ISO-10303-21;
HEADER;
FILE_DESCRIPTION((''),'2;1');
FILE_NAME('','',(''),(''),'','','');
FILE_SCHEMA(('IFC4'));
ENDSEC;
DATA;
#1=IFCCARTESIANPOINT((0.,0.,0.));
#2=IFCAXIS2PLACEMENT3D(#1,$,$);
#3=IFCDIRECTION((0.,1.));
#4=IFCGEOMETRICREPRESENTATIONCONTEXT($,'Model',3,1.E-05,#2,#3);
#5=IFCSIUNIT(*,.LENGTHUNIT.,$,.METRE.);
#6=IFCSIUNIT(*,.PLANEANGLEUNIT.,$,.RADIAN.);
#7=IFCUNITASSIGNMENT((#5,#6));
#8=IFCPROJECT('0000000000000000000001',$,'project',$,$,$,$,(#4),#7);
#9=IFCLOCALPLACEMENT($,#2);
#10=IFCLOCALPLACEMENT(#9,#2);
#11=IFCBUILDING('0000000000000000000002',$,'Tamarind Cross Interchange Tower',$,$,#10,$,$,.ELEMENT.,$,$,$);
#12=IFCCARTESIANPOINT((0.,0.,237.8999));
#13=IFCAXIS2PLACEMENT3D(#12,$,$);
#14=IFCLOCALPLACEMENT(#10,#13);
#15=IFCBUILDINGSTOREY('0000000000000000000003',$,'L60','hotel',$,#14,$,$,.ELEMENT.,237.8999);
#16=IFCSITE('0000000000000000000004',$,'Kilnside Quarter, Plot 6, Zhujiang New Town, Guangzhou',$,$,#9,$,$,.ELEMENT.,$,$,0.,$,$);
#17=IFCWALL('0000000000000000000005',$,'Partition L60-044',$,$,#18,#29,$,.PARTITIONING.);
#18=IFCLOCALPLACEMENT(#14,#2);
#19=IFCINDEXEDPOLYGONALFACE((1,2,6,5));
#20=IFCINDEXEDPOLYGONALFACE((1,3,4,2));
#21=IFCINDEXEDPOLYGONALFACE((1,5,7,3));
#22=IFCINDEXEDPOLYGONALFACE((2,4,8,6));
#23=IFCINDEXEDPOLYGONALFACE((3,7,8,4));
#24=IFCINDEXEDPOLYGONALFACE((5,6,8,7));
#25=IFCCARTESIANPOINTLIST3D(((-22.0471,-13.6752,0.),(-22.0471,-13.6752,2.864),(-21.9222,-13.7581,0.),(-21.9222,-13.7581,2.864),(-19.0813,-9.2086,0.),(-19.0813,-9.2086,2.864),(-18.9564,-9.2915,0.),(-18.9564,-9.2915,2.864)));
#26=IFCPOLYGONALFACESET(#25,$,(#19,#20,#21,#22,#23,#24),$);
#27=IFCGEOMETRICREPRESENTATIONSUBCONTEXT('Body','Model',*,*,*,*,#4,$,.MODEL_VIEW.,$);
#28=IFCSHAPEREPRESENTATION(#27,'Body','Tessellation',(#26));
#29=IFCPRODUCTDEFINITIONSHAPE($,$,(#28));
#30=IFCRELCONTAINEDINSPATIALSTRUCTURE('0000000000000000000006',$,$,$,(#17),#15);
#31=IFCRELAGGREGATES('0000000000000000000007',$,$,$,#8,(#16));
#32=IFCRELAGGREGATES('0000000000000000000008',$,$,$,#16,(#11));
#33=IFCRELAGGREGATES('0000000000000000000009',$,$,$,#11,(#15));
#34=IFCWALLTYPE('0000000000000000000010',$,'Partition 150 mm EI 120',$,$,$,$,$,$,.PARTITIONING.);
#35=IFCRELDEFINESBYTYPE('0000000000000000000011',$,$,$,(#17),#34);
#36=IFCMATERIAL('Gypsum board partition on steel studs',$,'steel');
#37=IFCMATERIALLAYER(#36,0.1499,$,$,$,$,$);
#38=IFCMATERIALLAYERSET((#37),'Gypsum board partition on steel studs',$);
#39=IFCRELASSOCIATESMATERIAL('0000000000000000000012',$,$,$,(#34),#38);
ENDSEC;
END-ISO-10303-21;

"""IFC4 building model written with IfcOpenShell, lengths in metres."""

from ifc_helpers import new_model, si_unit, direction, frame, frame_2d, origin, place, context, subcontext, project, spatial, rectangle, extrude, material, layer, layer_set, type_object, element, save


model = new_model("IFC4")

# Units and contexts
model_context = context("Model", 3, precision=1e-05, world=origin(), true_north=direction((0.0, 1.0)))
body_context = subcontext(model_context, "Body", "Model", "MODEL_VIEW")
ifc_project = project(units=[si_unit("LENGTHUNIT", "METRE"), si_unit("PLANEANGLEUNIT", "RADIAN")], contexts=[model_context])

# Site, building, storey
site_placement = place(None, origin())
site = spatial("IfcSite", under=ifc_project, at=site_placement, Name="Kilnside Quarter, Plot 6, Zhujiang New Town, Guangzhou", CompositionType="ELEMENT", RefElevation=0.0)
building_placement = place(site_placement, origin())
building = spatial("IfcBuilding", under=site, at=building_placement, Name="Tamarind Cross Interchange Tower", CompositionType="ELEMENT")
storey_placement = place(building_placement, frame((0.0, 0.0, 237.8999)))
storey = spatial("IfcBuildingStorey", under=building, at=storey_placement, Name="L60", Description="hotel", CompositionType="ELEMENT", Elevation=237.8999)

# Shared definitions
ifc_material_1 = material(Name="Gypsum board partition on steel studs", Category="steel")
ifc_layer_1 = layer(ifc_material_1, 0.1499)
ifc_layer_set_1 = layer_set([ifc_layer_1], Name="Gypsum board partition on steel studs")
wall_type_1 = type_object("IfcWallType", Name="Partition 150 mm EI 120", PredefinedType="PARTITIONING", material=ifc_layer_set_1)

# Wall
wall_1_placement = place(storey_placement, frame((-21.9846, -13.7166, 0.0), z_axis=(0.0, 0.0, 1.0), x_axis=(0.553165, 0.833072, 0.0)))
element("IfcWall", 1, at=wall_1_placement, inside=storey, type_object=wall_type_1, Name="Partition L60-044", PredefinedType="PARTITIONING", context=body_context, shape_type="SweptSolid", body=[
    extrude(rectangle(XDim=5.3616, YDim=0.1499, at=frame_2d((2.6807, 0.0))), origin(), (0.0, 0.0, 1.0), 2.864),
])

save(model, "model.ifc")
